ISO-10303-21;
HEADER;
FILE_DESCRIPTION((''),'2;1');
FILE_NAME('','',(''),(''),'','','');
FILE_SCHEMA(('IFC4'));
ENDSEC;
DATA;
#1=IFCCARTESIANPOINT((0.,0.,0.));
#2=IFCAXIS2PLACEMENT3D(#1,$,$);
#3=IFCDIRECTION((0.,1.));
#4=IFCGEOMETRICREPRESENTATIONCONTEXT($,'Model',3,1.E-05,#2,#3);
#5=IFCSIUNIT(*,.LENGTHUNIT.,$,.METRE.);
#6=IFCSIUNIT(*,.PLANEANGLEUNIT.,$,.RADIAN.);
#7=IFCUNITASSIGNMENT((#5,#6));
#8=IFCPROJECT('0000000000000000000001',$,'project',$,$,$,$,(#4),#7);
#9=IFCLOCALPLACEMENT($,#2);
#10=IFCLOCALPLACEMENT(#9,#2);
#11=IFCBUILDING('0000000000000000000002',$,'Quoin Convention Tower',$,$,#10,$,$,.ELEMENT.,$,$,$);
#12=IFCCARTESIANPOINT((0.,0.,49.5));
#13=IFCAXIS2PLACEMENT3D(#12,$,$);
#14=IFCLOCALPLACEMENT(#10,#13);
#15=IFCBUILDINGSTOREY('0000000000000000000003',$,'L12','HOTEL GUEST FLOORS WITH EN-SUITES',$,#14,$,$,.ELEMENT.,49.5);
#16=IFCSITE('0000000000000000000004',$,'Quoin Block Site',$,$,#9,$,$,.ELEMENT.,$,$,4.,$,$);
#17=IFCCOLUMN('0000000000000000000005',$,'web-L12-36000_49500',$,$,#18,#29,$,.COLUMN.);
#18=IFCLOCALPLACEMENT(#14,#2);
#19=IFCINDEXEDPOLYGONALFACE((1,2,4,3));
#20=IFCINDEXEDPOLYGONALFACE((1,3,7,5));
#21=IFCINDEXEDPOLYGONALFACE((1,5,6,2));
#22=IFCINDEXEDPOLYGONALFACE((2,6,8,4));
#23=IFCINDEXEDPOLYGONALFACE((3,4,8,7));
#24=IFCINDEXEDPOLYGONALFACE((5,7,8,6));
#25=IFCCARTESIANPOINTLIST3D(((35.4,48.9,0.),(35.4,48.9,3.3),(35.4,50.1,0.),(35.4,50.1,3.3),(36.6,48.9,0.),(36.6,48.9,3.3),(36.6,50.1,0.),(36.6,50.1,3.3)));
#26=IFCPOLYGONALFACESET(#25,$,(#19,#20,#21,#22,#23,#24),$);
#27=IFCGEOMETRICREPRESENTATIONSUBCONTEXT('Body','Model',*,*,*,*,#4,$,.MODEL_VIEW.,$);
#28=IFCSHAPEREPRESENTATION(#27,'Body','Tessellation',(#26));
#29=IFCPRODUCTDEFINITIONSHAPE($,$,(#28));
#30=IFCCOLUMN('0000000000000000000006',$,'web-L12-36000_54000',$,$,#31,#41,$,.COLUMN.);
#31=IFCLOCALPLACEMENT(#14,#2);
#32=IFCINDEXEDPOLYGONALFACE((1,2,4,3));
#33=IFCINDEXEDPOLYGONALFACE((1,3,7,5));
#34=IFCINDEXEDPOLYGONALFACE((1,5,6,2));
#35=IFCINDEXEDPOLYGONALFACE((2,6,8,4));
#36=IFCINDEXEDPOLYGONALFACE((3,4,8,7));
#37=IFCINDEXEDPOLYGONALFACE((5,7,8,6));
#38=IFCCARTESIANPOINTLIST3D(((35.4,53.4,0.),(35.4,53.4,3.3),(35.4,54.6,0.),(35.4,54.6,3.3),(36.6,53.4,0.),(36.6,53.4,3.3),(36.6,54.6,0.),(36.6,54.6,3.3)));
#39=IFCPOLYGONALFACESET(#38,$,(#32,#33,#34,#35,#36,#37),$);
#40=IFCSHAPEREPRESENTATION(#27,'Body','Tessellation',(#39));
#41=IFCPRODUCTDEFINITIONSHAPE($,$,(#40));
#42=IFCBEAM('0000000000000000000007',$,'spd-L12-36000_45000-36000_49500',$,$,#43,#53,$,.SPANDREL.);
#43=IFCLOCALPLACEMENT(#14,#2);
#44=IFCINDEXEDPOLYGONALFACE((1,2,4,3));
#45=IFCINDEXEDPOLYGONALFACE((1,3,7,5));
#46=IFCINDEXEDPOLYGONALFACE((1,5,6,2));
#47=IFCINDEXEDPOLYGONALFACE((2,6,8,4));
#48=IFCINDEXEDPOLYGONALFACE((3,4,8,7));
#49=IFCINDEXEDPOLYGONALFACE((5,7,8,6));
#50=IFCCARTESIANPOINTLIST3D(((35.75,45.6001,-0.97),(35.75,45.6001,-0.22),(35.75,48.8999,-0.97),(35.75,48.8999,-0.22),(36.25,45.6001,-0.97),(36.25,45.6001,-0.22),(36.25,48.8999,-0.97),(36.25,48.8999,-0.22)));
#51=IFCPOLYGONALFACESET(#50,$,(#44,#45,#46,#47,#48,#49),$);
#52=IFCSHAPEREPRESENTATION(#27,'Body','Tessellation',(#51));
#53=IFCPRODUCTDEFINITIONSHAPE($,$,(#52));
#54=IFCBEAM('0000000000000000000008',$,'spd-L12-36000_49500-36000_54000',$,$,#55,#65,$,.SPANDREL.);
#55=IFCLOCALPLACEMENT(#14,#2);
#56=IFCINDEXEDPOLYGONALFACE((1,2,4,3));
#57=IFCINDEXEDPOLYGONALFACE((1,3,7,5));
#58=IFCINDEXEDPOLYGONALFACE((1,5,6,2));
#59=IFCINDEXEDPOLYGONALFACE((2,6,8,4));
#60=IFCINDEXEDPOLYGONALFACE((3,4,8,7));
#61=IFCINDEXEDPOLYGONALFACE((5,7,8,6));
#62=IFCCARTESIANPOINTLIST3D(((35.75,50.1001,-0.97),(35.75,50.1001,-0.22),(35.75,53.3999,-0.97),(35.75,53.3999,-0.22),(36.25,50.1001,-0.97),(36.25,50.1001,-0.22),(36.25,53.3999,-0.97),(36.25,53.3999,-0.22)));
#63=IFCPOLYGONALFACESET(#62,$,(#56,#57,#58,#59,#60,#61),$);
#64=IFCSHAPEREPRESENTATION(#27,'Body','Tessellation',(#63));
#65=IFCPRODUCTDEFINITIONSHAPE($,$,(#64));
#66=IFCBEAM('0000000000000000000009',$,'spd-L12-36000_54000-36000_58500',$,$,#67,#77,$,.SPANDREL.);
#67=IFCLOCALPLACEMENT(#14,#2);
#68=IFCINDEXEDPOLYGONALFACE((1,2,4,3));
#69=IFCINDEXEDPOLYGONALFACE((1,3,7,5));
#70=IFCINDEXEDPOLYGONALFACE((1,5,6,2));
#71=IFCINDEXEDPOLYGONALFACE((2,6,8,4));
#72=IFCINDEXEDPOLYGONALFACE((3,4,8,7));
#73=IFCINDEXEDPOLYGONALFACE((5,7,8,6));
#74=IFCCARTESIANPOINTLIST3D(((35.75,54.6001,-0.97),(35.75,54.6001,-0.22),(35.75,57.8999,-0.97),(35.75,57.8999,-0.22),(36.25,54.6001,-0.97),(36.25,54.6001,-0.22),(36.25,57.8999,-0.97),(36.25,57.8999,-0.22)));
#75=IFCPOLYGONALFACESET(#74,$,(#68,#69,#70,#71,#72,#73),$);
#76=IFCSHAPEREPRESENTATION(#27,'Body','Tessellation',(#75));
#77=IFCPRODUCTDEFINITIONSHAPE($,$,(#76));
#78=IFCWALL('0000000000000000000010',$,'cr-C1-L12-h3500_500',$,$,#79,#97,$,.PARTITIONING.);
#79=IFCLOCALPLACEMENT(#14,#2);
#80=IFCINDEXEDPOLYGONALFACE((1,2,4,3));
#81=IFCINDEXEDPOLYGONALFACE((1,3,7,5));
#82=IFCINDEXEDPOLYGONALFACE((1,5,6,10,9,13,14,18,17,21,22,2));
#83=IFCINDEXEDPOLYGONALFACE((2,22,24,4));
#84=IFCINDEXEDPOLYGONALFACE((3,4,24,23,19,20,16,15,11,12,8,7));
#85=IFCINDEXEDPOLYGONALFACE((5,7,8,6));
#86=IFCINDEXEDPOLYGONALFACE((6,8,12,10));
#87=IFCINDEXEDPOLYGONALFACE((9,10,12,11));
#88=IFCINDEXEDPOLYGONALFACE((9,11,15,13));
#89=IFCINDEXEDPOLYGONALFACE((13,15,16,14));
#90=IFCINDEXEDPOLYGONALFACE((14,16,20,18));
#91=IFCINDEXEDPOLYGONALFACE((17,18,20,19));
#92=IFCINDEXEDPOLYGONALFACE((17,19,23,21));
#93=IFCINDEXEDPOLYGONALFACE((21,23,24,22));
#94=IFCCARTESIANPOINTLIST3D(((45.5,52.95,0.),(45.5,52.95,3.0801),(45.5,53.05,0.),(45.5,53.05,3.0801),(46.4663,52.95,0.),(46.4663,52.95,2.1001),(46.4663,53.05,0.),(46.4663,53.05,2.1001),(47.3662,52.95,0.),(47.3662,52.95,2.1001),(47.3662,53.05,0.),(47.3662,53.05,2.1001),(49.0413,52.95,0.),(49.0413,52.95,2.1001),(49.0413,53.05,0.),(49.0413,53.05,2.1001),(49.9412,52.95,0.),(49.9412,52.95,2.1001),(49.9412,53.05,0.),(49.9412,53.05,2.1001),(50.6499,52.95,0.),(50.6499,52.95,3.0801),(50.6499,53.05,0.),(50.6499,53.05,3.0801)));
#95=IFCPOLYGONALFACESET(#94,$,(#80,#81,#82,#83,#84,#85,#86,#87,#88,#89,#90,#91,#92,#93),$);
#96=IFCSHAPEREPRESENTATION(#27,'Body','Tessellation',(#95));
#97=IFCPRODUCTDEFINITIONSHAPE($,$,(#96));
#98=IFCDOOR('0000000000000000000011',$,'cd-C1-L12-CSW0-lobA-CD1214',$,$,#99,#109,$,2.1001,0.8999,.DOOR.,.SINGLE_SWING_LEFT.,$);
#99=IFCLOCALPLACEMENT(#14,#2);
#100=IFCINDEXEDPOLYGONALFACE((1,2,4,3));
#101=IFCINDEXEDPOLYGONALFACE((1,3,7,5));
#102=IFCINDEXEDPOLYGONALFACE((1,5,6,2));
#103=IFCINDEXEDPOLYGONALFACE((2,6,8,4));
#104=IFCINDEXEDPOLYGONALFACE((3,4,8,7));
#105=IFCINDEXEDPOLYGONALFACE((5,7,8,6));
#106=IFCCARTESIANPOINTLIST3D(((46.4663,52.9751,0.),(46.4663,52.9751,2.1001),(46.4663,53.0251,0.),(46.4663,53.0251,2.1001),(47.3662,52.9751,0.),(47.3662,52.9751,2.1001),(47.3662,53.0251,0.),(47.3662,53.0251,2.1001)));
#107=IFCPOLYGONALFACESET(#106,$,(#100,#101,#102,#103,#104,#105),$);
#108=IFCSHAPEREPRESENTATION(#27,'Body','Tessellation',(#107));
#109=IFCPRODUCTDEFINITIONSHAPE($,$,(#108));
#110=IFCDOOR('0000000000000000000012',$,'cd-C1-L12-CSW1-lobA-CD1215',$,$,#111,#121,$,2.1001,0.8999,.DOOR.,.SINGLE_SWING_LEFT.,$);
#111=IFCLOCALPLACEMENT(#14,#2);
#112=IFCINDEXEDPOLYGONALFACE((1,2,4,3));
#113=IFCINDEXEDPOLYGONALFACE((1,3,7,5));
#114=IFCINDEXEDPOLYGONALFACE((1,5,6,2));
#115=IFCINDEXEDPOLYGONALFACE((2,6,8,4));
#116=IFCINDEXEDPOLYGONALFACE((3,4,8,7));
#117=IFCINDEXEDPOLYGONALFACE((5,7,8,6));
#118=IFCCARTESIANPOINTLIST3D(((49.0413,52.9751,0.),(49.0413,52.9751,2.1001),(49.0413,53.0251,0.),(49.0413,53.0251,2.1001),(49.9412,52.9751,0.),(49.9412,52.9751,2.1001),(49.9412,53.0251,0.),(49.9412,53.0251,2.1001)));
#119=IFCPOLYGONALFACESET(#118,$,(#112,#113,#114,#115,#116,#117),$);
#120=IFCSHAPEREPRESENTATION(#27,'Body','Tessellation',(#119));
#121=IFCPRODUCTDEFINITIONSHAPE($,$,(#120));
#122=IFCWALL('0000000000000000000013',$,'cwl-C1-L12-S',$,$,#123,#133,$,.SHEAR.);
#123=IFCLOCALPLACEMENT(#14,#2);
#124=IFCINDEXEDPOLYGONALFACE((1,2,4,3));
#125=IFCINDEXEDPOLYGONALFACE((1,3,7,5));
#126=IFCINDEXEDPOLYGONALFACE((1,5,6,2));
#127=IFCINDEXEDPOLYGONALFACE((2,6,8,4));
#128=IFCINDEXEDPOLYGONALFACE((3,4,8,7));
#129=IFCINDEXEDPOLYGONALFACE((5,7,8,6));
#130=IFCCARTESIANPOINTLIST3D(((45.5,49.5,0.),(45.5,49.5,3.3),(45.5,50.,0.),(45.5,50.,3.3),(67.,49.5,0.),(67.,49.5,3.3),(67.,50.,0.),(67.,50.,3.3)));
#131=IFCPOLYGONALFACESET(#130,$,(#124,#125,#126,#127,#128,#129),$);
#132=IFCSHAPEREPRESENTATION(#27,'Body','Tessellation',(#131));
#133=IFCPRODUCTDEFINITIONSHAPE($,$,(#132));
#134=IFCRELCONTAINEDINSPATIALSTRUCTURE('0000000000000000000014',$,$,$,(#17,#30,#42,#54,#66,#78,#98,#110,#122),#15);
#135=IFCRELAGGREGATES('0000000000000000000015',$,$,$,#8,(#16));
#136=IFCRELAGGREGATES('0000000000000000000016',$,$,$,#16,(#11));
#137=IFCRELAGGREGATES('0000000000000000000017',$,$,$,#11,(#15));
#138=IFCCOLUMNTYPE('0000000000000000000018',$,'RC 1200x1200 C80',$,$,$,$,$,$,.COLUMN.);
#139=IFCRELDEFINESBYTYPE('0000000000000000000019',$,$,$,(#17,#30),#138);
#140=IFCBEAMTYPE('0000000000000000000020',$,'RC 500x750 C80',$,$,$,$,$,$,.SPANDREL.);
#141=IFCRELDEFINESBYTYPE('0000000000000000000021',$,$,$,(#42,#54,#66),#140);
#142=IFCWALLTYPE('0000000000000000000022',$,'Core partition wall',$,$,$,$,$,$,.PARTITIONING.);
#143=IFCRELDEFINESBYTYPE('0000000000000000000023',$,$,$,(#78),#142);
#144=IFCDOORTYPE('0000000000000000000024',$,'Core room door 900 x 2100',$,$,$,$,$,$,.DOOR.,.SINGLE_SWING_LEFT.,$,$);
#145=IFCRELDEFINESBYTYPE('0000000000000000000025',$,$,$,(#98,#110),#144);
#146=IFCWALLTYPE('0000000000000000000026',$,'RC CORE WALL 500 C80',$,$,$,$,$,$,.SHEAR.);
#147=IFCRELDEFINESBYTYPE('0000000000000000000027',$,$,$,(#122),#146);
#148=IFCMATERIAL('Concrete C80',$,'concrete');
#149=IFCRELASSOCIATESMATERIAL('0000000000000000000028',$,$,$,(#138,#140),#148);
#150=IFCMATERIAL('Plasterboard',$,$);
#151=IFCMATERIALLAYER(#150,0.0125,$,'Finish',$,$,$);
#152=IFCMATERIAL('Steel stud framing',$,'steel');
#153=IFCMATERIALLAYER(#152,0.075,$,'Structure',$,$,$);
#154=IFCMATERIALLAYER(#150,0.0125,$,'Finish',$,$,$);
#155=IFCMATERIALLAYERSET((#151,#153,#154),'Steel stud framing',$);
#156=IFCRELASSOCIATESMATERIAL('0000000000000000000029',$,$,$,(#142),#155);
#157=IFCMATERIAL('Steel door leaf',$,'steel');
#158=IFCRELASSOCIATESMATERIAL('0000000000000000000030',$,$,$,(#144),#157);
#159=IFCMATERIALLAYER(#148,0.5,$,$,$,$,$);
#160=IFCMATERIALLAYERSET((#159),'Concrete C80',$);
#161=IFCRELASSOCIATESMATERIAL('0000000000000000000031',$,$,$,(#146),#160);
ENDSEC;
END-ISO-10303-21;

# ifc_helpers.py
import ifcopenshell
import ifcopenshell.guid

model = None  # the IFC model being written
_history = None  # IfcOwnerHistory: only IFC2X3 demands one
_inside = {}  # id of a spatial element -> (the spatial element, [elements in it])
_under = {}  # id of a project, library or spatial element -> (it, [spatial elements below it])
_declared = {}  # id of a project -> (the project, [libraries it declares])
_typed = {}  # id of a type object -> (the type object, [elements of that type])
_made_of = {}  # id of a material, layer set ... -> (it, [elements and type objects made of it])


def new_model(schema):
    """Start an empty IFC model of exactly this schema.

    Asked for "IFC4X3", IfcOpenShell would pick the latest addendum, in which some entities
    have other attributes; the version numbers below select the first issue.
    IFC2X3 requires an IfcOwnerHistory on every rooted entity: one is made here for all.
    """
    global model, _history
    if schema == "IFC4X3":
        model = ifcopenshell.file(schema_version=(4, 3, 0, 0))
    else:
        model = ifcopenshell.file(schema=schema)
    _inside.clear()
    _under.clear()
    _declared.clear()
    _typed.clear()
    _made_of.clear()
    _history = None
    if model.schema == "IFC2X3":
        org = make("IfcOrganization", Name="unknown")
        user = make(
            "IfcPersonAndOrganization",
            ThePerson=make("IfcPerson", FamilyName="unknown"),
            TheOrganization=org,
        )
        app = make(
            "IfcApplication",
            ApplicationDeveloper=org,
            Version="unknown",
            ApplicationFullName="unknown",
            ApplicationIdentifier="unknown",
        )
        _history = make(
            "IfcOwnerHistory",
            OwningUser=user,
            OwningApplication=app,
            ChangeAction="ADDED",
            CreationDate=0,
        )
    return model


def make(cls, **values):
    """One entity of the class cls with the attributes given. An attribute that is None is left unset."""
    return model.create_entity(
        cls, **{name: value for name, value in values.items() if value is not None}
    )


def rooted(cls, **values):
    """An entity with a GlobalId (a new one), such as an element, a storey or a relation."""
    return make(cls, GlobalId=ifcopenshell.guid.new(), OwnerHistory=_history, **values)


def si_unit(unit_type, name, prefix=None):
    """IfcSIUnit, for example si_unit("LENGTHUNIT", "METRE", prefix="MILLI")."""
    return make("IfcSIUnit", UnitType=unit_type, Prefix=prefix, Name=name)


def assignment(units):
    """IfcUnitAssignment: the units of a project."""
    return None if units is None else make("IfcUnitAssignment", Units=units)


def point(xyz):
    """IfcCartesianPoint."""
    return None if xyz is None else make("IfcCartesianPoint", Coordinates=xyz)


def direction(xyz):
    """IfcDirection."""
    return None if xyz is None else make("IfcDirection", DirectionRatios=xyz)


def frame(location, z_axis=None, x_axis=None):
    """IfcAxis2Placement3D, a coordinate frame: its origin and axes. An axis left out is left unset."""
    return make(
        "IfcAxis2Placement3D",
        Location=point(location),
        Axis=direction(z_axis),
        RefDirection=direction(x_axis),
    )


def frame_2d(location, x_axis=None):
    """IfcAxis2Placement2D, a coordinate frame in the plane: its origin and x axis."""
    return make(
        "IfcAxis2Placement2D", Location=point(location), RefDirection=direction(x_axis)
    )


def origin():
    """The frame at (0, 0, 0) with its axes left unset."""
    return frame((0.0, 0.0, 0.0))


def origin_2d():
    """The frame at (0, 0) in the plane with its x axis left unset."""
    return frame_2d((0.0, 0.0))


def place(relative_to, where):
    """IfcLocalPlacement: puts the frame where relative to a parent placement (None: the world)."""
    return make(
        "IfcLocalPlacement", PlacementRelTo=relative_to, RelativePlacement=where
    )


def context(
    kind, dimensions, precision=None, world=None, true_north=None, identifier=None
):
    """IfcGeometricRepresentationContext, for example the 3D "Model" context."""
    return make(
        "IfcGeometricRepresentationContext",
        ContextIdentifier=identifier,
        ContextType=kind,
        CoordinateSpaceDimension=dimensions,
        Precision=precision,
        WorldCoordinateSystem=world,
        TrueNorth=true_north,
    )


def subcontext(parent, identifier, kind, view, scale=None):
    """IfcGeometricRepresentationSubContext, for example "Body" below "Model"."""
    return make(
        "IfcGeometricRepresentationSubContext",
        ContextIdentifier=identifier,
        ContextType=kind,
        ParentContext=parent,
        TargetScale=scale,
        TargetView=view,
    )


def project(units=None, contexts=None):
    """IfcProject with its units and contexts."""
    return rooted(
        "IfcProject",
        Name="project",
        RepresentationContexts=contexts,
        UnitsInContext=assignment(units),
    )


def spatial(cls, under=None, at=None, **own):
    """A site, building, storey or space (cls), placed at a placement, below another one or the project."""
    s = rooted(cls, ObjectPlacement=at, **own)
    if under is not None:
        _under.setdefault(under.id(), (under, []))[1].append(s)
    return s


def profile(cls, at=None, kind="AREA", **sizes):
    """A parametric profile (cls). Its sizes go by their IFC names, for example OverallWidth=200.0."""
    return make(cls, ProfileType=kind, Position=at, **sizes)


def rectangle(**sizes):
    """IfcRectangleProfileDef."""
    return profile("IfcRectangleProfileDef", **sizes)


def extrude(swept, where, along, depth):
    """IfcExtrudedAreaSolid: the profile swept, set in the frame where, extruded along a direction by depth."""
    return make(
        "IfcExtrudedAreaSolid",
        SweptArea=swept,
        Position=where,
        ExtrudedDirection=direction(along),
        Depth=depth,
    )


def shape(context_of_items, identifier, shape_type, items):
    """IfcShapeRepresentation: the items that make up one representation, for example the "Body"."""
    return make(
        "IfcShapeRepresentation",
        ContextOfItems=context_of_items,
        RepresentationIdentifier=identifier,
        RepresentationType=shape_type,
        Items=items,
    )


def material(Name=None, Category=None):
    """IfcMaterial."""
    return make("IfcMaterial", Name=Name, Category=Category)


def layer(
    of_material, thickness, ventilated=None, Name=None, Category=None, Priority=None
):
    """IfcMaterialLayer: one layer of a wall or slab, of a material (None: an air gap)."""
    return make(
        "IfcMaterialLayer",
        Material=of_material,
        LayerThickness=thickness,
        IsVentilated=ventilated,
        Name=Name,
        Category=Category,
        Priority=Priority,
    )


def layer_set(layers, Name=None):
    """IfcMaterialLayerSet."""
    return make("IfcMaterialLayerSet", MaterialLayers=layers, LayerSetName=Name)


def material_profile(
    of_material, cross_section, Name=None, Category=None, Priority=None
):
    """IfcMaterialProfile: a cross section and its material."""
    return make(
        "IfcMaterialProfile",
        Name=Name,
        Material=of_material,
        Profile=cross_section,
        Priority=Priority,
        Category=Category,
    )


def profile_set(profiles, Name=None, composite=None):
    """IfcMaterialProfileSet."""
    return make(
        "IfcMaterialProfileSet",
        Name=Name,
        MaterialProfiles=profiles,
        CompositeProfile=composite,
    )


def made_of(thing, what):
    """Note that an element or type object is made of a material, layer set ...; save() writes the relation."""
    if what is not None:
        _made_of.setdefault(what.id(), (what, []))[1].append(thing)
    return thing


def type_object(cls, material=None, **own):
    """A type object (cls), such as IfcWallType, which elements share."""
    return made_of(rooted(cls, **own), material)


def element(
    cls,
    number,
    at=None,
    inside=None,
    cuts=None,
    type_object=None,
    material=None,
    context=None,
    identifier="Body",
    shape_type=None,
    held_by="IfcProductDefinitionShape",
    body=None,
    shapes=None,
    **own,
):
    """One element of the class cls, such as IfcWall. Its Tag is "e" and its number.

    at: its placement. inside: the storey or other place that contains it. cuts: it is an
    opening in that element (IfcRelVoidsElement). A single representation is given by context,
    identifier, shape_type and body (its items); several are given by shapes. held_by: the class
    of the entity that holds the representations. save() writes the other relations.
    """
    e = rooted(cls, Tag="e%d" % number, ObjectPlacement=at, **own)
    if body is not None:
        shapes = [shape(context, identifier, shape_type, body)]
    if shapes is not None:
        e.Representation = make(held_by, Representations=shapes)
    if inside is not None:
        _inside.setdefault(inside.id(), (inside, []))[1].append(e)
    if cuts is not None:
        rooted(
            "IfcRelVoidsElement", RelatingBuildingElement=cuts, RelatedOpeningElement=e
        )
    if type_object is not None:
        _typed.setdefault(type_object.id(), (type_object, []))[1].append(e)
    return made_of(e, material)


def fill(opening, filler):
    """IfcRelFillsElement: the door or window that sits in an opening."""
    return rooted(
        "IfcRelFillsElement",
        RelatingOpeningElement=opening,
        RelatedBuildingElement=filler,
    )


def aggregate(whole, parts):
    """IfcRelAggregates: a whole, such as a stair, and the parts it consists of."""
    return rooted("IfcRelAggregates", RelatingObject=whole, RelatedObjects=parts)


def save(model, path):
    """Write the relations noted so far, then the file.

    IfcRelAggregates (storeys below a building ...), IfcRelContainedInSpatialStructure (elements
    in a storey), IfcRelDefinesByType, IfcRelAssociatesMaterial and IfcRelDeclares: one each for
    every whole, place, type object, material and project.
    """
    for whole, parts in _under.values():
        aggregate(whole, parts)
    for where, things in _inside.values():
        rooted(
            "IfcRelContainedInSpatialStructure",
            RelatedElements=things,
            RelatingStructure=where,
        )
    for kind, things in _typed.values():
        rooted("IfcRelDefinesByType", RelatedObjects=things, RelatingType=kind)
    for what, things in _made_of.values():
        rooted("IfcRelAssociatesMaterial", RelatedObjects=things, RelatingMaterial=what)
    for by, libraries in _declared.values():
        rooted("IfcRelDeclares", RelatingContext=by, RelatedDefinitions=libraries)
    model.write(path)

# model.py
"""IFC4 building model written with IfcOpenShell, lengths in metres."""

from ifc_helpers import new_model, si_unit, direction, frame, frame_2d, origin, origin_2d, place, context, subcontext, project, spatial, rectangle, extrude, material, layer, layer_set, material_profile, profile_set, type_object, element, fill, save


model = new_model("IFC4")

# Units and contexts
model_context = context("Model", 3, precision=1e-05, world=origin(), true_north=direction((0.0, 1.0)))
body_context = subcontext(model_context, "Body", "Model", "MODEL_VIEW")
ifc_project = project(units=[si_unit("LENGTHUNIT", "METRE"), si_unit("PLANEANGLEUNIT", "RADIAN")], contexts=[model_context])

# Site, building, storey
site_placement = place(None, origin())
site = spatial("IfcSite", under=ifc_project, at=site_placement, Name="Quoin Block Site", CompositionType="ELEMENT", RefElevation=4.0)
building_placement = place(site_placement, origin())
building = spatial("IfcBuilding", under=site, at=building_placement, Name="Quoin Convention Tower", CompositionType="ELEMENT")
storey_placement = place(building_placement, frame((0.0, 0.0, 49.5)))
storey = spatial("IfcBuildingStorey", under=building, at=storey_placement, Name="L12", Description="HOTEL GUEST FLOORS WITH EN-SUITES", CompositionType="ELEMENT", Elevation=49.5)

# Columns
ifc_material_1 = material(Name="Concrete C80", Category="concrete")
ifc_material_profile_1 = material_profile(ifc_material_1, rectangle(XDim=1.2, YDim=1.2, at=origin_2d()), Name="RC 1200x1200")
ifc_profile_set_1 = profile_set([ifc_material_profile_1], Name="Concrete C80")
column_type = type_object("IfcColumnType", Name="RC 1200x1200 C80", PredefinedType="COLUMN", material=ifc_profile_set_1)
for number, where, z_axis, x_axis, name in (
    (1, (36.0, 49.5, 0.0), (0.0, 0.0, 1.0), (1.0, 0.0, 0.0), "web-L12-36000_49500"),
    (2, (36.0, 54.0, 0.0), (0.0, 0.0, 1.0), (1.0, 0.0, 0.0), "web-L12-36000_54000"),
):
    element("IfcColumn", number, at=place(storey_placement, frame(where, z_axis=z_axis, x_axis=x_axis)), inside=storey, type_object=column_type, Name=name, PredefinedType="COLUMN", context=body_context, shape_type="SweptSolid", body=[
        extrude(rectangle(XDim=1.2, YDim=1.2, at=origin_2d()), origin(), (0.0, 0.0, 1.0), 3.3),
    ])

# Beams
ifc_material_profile_2 = material_profile(ifc_material_1, rectangle(XDim=0.5, YDim=0.75, at=origin_2d()), Name="RC 500x750")
ifc_profile_set_2 = profile_set([ifc_material_profile_2], Name="Concrete C80")
beam_type = type_object("IfcBeamType", Name="RC 500x750 C80", PredefinedType="SPANDREL", material=ifc_profile_set_2)
for number, where, z_axis, x_axis, name in (
    (3, (36.0, 45.6001, -0.595), (0.0, 1.0, 0.0), (-1.0, 0.0, 0.0), "spd-L12-36000_45000-36000_49500"),
    (4, (36.0, 50.1001, -0.595), (0.0, 1.0, 0.0), (-1.0, 0.0, 0.0), "spd-L12-36000_49500-36000_54000"),
    (5, (36.0, 54.6001, -0.595), (0.0, 1.0, 0.0), (-1.0, 0.0, 0.0), "spd-L12-36000_54000-36000_58500"),
):
    element("IfcBeam", number, at=place(storey_placement, frame(where, z_axis=z_axis, x_axis=x_axis)), inside=storey, type_object=beam_type, Name=name, PredefinedType="SPANDREL", context=body_context, shape_type="SweptSolid", body=[
        extrude(rectangle(XDim=0.5, YDim=0.75, at=origin_2d()), origin(), (0.0, 0.0, 1.0), 3.2998),
    ])

# Wall, openings, doors
ifc_material_2 = material(Name="Plasterboard")
ifc_layer_1 = layer(ifc_material_2, 0.0125, Name="Finish")
ifc_material_3 = material(Name="Steel stud framing", Category="steel")
ifc_layer_2 = layer(ifc_material_3, 0.075, Name="Structure")
ifc_layer_3 = layer(ifc_material_2, 0.0125, Name="Finish")
ifc_layer_set_1 = layer_set([ifc_layer_1, ifc_layer_2, ifc_layer_3], Name="Steel stud framing")
wall_type_1 = type_object("IfcWallType", Name="Core partition wall", PredefinedType="PARTITIONING", material=ifc_layer_set_1)
wall_1_placement = place(storey_placement, frame((45.5, 53.0, 0.0), z_axis=(0.0, 0.0, 1.0), x_axis=(1.0, 0.0, 0.0)))
wall_1 = element("IfcWall", 6, at=wall_1_placement, inside=storey, type_object=wall_type_1, Name="cr-C1-L12-h3500_500", PredefinedType="PARTITIONING", context=body_context, shape_type="SweptSolid", body=[
    extrude(rectangle(XDim=5.1499, YDim=0.1001, at=frame_2d((2.575, 0.0))), origin(), (0.0, 0.0, 1.0), 3.0801),
])
opening_1_placement = place(wall_1_placement, frame((0.9663, 0.0, 0.0)))
opening_1 = element("IfcOpeningElement", 7, at=opening_1_placement, cuts=wall_1, PredefinedType="OPENING", context=body_context, shape_type="SweptSolid", body=[
    extrude(rectangle(XDim=0.8999, YDim=2.1001, at=frame_2d((0.45, 1.05))), frame((0.0, 0.0601, 0.0), z_axis=(0.0, -1.0, 0.0), x_axis=(1.0, 0.0, 0.0)), (0.0, 0.0, 1.0), 0.1201),
])
opening_2_placement = place(wall_1_placement, frame((3.5413, 0.0, 0.0)))
opening_2 = element("IfcOpeningElement", 8, at=opening_2_placement, cuts=wall_1, PredefinedType="OPENING", context=body_context, shape_type="SweptSolid", body=[
    extrude(rectangle(XDim=0.8999, YDim=2.1001, at=frame_2d((0.45, 1.05))), frame((0.0, 0.0601, 0.0), z_axis=(0.0, -1.0, 0.0), x_axis=(1.0, 0.0, 0.0)), (0.0, 0.0, 1.0), 0.1201),
])
ifc_material_4 = material(Name="Steel door leaf", Category="steel")
door_type_1 = type_object("IfcDoorType", Name="Core room door 900 x 2100", OperationType="SINGLE_SWING_LEFT", PredefinedType="DOOR", material=ifc_material_4)
door_1_placement = place(opening_1_placement, frame((0.8999, 0.0, 0.0), z_axis=(0.0, 0.0, 1.0), x_axis=(-1.0, 0.0, 0.0)))
door_1 = element("IfcDoor", 9, at=door_1_placement, inside=storey, type_object=door_type_1, Name="cd-C1-L12-CSW0-lobA-CD1214", OperationType="SINGLE_SWING_LEFT", OverallHeight=2.1001, OverallWidth=0.8999, PredefinedType="DOOR", context=body_context, shape_type="SweptSolid", body=[
    extrude(rectangle(XDim=0.8999, YDim=2.1001, at=frame_2d((0.45, 1.05))), frame((0.0, 0.0249, 0.0), z_axis=(0.0, -1.0, 0.0), x_axis=(1.0, 0.0, 0.0)), (0.0, 0.0, 1.0), 0.05),
])
fill(opening_1, door_1)
door_2_placement = place(opening_2_placement, frame((0.8999, 0.0, 0.0), z_axis=(0.0, 0.0, 1.0), x_axis=(-1.0, 0.0, 0.0)))
door_2 = element("IfcDoor", 10, at=door_2_placement, inside=storey, type_object=door_type_1, Name="cd-C1-L12-CSW1-lobA-CD1215", OperationType="SINGLE_SWING_LEFT", OverallHeight=2.1001, OverallWidth=0.8999, PredefinedType="DOOR", context=body_context, shape_type="SweptSolid", body=[
    extrude(rectangle(XDim=0.8999, YDim=2.1001, at=frame_2d((0.45, 1.05))), frame((0.0, 0.0249, 0.0), z_axis=(0.0, -1.0, 0.0), x_axis=(1.0, 0.0, 0.0)), (0.0, 0.0, 1.0), 0.05),
])
fill(opening_2, door_2)

# Wall
ifc_layer_4 = layer(ifc_material_1, 0.5)
ifc_layer_set_2 = layer_set([ifc_layer_4], Name="Concrete C80")
wall_type_2 = type_object("IfcWallType", Name="RC CORE WALL 500 C80", PredefinedType="SHEAR", material=ifc_layer_set_2)
wall_2_placement = place(storey_placement, frame((45.5, 49.75, 0.0), z_axis=(0.0, 0.0, 1.0), x_axis=(1.0, 0.0, 0.0)))
element("IfcWall", 11, at=wall_2_placement, inside=storey, type_object=wall_type_2, Name="cwl-C1-L12-S", PredefinedType="SHEAR", context=body_context, shape_type="SweptSolid", body=[
    extrude(rectangle(XDim=21.5, YDim=0.5, at=frame_2d((10.75, 0.0))), origin(), (0.0, 0.0, 1.0), 3.3),
])

save(model, "model.ifc")
